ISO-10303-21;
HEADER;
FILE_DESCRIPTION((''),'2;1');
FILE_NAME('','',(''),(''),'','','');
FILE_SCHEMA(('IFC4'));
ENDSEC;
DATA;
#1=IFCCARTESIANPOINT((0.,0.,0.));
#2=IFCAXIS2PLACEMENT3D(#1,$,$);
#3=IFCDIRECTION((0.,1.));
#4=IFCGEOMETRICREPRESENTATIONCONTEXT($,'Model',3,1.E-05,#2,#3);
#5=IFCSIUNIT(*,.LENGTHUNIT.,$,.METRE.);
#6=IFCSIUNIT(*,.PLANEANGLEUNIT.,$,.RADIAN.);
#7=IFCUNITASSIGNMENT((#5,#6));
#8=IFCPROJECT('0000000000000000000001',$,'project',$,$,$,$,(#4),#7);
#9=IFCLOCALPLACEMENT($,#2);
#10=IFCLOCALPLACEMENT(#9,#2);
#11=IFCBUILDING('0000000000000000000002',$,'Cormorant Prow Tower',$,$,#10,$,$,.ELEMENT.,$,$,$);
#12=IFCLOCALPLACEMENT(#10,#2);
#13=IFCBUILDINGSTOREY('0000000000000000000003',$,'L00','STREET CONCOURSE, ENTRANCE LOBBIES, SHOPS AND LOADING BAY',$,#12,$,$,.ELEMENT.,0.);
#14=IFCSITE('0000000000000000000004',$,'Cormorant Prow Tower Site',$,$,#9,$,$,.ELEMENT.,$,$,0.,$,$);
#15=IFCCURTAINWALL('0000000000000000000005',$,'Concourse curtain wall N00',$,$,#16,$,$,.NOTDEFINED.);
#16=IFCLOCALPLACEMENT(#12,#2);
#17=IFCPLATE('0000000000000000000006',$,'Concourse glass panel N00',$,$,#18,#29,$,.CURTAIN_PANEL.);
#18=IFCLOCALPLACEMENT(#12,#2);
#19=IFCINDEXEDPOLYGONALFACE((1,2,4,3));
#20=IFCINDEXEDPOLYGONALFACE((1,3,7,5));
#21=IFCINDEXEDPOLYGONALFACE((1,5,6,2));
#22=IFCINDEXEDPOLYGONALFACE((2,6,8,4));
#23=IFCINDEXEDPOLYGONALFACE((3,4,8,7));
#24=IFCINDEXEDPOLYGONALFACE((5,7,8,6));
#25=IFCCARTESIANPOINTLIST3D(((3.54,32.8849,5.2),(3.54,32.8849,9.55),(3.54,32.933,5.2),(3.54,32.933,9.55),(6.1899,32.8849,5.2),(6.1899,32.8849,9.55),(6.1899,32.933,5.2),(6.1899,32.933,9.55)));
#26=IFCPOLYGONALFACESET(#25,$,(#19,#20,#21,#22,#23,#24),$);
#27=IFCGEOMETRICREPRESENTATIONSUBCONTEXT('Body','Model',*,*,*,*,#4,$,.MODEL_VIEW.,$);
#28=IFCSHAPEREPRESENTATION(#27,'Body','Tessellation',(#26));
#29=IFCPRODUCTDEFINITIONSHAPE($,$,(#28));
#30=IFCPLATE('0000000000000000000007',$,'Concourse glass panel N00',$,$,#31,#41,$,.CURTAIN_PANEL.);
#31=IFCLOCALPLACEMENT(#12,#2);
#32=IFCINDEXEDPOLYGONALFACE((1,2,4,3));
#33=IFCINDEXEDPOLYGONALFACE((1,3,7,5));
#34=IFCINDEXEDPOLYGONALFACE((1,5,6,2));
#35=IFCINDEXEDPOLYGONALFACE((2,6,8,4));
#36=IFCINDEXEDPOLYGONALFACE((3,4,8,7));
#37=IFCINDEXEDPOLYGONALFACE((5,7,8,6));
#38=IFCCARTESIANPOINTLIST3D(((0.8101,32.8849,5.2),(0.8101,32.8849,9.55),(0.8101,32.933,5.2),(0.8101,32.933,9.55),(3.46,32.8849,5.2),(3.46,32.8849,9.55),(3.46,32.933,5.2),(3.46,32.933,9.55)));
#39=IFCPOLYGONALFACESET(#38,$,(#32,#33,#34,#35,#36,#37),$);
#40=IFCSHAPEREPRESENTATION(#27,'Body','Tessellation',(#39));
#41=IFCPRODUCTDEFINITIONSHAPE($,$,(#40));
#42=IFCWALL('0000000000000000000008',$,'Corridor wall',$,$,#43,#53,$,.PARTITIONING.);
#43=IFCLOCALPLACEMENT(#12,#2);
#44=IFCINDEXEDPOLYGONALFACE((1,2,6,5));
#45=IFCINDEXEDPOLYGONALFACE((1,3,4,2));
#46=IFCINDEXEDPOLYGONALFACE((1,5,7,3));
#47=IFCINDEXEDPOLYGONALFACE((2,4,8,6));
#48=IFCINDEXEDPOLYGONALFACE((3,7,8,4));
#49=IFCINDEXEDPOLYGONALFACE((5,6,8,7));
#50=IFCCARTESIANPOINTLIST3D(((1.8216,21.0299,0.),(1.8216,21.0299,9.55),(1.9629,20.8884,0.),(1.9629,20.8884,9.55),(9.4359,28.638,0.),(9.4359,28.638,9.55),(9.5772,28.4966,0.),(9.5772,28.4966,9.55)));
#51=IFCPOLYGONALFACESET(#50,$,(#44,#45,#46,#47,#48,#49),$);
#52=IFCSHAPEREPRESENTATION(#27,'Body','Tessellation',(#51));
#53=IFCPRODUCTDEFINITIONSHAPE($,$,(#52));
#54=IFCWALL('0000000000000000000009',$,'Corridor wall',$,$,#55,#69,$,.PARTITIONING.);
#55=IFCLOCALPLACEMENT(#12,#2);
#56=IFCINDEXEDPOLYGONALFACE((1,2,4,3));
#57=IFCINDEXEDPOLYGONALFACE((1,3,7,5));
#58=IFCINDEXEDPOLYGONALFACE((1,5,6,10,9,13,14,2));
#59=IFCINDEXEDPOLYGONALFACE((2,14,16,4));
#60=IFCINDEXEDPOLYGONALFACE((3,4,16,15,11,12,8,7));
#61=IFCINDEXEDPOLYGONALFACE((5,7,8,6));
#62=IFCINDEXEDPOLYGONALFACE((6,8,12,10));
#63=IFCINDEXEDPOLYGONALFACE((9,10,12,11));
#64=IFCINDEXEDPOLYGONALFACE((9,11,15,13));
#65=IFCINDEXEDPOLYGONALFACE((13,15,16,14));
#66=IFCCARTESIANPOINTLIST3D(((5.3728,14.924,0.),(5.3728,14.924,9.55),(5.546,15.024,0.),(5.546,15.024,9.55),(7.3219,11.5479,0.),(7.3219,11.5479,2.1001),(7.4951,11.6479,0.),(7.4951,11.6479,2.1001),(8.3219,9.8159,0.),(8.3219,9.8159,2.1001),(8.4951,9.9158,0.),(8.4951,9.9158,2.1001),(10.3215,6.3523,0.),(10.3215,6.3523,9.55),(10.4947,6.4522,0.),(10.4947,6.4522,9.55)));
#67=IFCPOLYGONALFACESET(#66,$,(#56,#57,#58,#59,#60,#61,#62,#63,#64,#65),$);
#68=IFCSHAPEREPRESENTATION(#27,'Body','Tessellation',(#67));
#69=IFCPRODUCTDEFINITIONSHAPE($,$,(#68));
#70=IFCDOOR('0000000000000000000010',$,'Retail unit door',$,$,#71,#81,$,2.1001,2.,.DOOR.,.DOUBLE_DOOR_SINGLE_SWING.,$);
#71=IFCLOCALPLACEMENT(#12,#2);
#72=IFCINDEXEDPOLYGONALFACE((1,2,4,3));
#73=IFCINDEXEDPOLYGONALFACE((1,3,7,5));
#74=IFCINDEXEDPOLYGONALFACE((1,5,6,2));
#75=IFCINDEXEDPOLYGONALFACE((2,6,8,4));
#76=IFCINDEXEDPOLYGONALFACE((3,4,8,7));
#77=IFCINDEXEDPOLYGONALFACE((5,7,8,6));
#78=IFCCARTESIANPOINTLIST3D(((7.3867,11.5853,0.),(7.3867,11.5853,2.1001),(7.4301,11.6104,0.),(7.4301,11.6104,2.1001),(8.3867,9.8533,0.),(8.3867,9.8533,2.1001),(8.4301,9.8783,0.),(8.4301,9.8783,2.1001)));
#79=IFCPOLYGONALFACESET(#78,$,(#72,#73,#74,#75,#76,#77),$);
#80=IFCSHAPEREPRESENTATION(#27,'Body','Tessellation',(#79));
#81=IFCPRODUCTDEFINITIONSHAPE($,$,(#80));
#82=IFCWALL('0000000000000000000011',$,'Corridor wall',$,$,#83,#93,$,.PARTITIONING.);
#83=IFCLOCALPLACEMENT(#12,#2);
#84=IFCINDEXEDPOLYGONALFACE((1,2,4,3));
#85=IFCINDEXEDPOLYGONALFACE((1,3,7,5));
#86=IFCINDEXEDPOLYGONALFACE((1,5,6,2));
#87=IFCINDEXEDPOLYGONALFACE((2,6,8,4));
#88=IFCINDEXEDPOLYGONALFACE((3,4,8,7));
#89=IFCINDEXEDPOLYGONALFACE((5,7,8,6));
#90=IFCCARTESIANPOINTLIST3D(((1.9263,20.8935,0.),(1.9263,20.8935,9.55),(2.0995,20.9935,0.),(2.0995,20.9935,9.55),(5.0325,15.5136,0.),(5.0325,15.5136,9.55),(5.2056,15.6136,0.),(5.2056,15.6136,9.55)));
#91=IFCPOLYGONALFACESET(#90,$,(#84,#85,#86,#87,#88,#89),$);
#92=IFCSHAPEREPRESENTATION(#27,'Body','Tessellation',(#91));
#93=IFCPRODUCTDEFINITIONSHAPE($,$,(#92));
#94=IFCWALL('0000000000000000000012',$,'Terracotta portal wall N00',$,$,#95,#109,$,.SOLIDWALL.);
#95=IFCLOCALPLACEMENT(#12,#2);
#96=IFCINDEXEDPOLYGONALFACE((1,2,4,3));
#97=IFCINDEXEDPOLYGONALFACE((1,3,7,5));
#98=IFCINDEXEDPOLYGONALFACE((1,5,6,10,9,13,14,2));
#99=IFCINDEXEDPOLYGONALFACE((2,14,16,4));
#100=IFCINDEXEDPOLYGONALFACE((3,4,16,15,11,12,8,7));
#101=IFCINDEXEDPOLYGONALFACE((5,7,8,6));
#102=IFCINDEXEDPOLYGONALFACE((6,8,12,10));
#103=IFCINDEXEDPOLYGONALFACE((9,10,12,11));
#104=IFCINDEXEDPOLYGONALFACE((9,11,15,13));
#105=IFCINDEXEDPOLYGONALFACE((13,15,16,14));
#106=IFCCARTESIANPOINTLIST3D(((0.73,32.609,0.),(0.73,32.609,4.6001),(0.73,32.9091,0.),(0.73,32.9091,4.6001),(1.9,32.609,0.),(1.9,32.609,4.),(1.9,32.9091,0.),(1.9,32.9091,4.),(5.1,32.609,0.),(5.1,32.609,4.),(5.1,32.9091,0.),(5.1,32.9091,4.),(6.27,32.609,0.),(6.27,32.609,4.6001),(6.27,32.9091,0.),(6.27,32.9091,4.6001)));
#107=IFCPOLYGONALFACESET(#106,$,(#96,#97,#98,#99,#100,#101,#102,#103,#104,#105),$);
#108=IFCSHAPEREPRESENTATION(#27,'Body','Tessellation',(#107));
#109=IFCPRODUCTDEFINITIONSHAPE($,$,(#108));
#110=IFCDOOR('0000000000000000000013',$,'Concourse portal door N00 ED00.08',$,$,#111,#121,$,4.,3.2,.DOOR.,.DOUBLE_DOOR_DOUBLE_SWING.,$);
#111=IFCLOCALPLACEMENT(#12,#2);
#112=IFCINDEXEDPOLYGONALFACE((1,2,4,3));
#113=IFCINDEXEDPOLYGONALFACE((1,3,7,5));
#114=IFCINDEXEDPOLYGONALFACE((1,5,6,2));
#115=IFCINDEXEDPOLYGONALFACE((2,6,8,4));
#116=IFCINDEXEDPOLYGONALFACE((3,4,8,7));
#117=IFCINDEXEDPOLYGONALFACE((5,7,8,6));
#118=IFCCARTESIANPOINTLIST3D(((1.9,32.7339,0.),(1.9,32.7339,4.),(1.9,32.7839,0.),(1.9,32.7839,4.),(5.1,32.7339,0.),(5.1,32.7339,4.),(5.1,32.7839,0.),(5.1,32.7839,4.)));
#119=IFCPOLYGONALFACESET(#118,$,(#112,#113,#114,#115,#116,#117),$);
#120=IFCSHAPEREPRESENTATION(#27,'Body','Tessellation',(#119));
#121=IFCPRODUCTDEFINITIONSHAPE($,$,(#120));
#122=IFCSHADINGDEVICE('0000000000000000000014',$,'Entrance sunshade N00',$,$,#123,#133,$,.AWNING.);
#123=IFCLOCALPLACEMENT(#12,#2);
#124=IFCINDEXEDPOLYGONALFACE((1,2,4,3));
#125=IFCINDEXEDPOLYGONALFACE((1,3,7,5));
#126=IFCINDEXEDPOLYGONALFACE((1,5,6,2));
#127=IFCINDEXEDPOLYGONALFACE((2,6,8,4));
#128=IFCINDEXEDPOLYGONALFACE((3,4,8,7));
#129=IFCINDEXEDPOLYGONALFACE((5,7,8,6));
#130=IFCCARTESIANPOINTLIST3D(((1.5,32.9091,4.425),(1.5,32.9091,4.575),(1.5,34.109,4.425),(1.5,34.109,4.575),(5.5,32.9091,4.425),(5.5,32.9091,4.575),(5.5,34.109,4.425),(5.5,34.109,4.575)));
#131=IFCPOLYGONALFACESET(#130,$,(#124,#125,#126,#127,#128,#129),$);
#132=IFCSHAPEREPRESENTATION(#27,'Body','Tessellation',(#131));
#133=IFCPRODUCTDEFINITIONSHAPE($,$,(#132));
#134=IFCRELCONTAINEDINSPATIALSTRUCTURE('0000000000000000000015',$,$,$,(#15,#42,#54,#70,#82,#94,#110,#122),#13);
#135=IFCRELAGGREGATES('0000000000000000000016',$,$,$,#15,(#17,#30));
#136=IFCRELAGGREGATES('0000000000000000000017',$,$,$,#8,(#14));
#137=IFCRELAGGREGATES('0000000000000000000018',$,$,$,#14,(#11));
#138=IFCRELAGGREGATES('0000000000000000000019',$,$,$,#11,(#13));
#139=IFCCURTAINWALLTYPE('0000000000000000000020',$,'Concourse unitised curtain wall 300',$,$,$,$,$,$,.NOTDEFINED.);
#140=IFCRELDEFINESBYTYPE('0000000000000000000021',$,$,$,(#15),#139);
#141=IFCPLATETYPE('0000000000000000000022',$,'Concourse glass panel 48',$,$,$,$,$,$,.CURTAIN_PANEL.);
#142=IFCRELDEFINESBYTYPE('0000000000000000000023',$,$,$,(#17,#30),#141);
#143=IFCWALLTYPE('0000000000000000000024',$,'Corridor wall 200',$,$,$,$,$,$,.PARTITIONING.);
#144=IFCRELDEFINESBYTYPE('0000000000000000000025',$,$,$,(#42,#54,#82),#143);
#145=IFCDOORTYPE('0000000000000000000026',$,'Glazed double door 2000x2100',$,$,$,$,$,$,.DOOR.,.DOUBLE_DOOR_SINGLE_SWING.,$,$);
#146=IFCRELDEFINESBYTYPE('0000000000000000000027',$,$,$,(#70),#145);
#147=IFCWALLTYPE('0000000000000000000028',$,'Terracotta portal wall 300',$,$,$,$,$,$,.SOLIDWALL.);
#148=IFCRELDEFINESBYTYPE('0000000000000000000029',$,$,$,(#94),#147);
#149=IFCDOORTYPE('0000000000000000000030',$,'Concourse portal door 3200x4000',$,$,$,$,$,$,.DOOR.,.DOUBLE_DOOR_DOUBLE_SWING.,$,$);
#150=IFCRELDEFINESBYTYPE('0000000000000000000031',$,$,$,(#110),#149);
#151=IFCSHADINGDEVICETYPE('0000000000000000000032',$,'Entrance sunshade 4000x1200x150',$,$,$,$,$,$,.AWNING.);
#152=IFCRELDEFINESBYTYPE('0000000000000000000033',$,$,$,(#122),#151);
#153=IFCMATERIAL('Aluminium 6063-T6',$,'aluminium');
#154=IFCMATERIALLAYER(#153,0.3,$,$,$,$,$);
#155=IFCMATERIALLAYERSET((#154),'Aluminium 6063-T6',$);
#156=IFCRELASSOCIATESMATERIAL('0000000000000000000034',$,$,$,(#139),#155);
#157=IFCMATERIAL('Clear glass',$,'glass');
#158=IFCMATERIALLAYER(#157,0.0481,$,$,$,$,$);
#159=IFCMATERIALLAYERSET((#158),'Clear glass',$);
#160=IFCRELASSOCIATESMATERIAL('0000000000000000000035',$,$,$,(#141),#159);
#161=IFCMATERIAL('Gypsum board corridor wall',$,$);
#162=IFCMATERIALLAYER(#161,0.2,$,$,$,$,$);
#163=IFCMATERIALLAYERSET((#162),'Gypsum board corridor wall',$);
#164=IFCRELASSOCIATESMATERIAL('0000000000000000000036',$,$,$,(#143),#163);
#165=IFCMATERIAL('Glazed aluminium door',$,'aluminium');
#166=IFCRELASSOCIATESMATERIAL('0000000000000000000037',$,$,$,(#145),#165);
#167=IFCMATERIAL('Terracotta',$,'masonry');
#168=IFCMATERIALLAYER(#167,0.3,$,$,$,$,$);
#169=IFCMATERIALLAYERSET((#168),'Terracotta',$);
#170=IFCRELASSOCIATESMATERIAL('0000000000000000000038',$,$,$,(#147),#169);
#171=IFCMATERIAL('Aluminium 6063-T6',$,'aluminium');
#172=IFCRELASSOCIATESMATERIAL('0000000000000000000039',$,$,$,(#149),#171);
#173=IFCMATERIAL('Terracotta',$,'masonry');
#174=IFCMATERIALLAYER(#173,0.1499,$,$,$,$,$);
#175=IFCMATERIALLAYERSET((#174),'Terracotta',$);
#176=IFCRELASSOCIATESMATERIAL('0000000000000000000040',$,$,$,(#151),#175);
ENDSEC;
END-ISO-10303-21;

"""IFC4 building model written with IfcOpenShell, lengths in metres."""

from ifc_helpers import new_model, si_unit, direction, frame, frame_2d, origin, origin_2d, place, context, subcontext, project, spatial, rectangle, extrude, material, layer, layer_set, type_object, element, fill, aggregate, save


model = new_model("IFC4")

# Units and contexts
model_context = context("Model", 3, precision=1e-05, world=origin(), true_north=direction((0.0, 1.0)))
body_context = subcontext(model_context, "Body", "Model", "MODEL_VIEW")
ifc_project = project(units=[si_unit("LENGTHUNIT", "METRE"), si_unit("PLANEANGLEUNIT", "RADIAN")], contexts=[model_context])

# Site, building, storey
site_placement = place(None, origin())
site = spatial("IfcSite", under=ifc_project, at=site_placement, Name="Cormorant Prow Tower Site", CompositionType="ELEMENT", RefElevation=0.0)
building_placement = place(site_placement, origin())
building = spatial("IfcBuilding", under=site, at=building_placement, Name="Cormorant Prow Tower", CompositionType="ELEMENT")
storey_placement = place(building_placement, origin())
storey = spatial("IfcBuildingStorey", under=building, at=storey_placement, Name="L00", Description="STREET CONCOURSE, ENTRANCE LOBBIES, SHOPS AND LOADING BAY", CompositionType="ELEMENT", Elevation=0.0)

# Shared definitions
ifc_material_1 = material(Name="Aluminium 6063-T6", Category="aluminium")
ifc_layer_1 = layer(ifc_material_1, 0.3)
ifc_layer_set_1 = layer_set([ifc_layer_1], Name="Aluminium 6063-T6")
curtain_wall_type = type_object("IfcCurtainWallType", Name="Concourse unitised curtain wall 300", PredefinedType="NOTDEFINED", material=ifc_layer_set_1)

# Curtain wall
curtain_wall_1_placement = place(storey_placement, origin())
curtain_wall_1 = element("IfcCurtainWall", 1, at=curtain_wall_1_placement, inside=storey, type_object=curtain_wall_type, Name="Concourse curtain wall N00", PredefinedType="NOTDEFINED")

# Plates
ifc_material_2 = material(Name="Clear glass", Category="glass")
ifc_layer_2 = layer(ifc_material_2, 0.0481)
ifc_layer_set_2 = layer_set([ifc_layer_2], Name="Clear glass")
plate_type = type_object("IfcPlateType", Name="Concourse glass panel 48", PredefinedType="CURTAIN_PANEL", material=ifc_layer_set_2)
plate_1_placement = place(storey_placement, frame((4.865, 32.9089, 5.2), z_axis=(0.0, 0.0, 1.0), x_axis=(-1.0, 0.0, 0.0)))
plate_1 = element("IfcPlate", 2, at=plate_1_placement, type_object=plate_type, Name="Concourse glass panel N00", PredefinedType="CURTAIN_PANEL", context=body_context, shape_type="SweptSolid", body=[
    extrude(rectangle(XDim=2.6499, YDim=0.0481, at=origin_2d()), origin(), (0.0, 0.0, 1.0), 4.3501),
])
plate_2_placement = place(storey_placement, frame((2.135, 32.9089, 5.2), z_axis=(0.0, 0.0, 1.0), x_axis=(-1.0, 0.0, 0.0)))
plate_2 = element("IfcPlate", 3, at=plate_2_placement, type_object=plate_type, Name="Concourse glass panel N00", PredefinedType="CURTAIN_PANEL", context=body_context, shape_type="SweptSolid", body=[
    extrude(rectangle(XDim=2.6499, YDim=0.0481, at=origin_2d()), origin(), (0.0, 0.0, 1.0), 4.3501),
])
aggregate(curtain_wall_1, [plate_1, plate_2])

# Wall
ifc_material_3 = material(Name="Gypsum board corridor wall")
ifc_layer_3 = layer(ifc_material_3, 0.2)
ifc_layer_set_3 = layer_set([ifc_layer_3], Name="Gypsum board corridor wall")
wall_type_1 = type_object("IfcWallType", Name="Corridor wall 200", PredefinedType="PARTITIONING", material=ifc_layer_set_3)
wall_1_placement = place(storey_placement, frame((1.8923, 20.9592, 0.0), z_axis=(0.0, 0.0, 1.0), x_axis=(0.70739, 0.706823, 0.0)))
element("IfcWall", 4, at=wall_1_placement, inside=storey, type_object=wall_type_1, Name="Corridor wall", PredefinedType="PARTITIONING", context=body_context, shape_type="SweptSolid", body=[
    extrude(rectangle(XDim=10.7639, YDim=0.2, at=frame_2d((5.3818, 0.0))), origin(), (0.0, 0.0, 1.0), 9.55),
])

# Wall, opening, door
wall_2_placement = place(storey_placement, frame((5.4595, 14.9739, 0.0), z_axis=(0.0, 0.0, 1.0), x_axis=(0.499986, -0.866034, 0.0)))
wall_2 = element("IfcWall", 5, at=wall_2_placement, inside=storey, type_object=wall_type_1, Name="Corridor wall", PredefinedType="PARTITIONING", context=body_context, shape_type="SweptSolid", body=[
    extrude(rectangle(XDim=9.8977, YDim=0.2, at=frame_2d((4.9487, 0.0))), origin(), (0.0, 0.0, 1.0), 9.55),
])
opening_1_placement = place(wall_2_placement, frame((3.8982, 0.0, 0.0)))
opening_1 = element("IfcOpeningElement", 6, at=opening_1_placement, cuts=wall_2, PredefinedType="OPENING", context=body_context, shape_type="SweptSolid", body=[
    extrude(rectangle(XDim=2.0, YDim=2.1001, at=frame_2d((1.0, 1.05))), frame((0.0, 0.1099, 0.0), z_axis=(0.0, -1.0, 0.0), x_axis=(1.0, 0.0, 0.0)), (0.0, 0.0, 1.0), 0.22),
])
ifc_material_4 = material(Name="Glazed aluminium door", Category="aluminium")
door_type_1 = type_object("IfcDoorType", Name="Glazed double door 2000x2100", OperationType="DOUBLE_DOOR_SINGLE_SWING", PredefinedType="DOOR", material=ifc_material_4)
door_1_placement = place(opening_1_placement, origin())
door_1 = element("IfcDoor", 7, at=door_1_placement, inside=storey, type_object=door_type_1, Name="Retail unit door", OperationType="DOUBLE_DOOR_SINGLE_SWING", OverallHeight=2.1001, OverallWidth=2.0, PredefinedType="DOOR", context=body_context, shape_type="SweptSolid", body=[
    extrude(rectangle(XDim=2.0, YDim=2.1001, at=frame_2d((1.0, 1.05))), frame((0.0, 0.0249, 0.0), z_axis=(0.0, -1.0, 0.0), x_axis=(1.0, 0.0, 0.0)), (0.0, 0.0, 1.0), 0.05),
])
fill(opening_1, door_1)

# Wall
wall_3_placement = place(storey_placement, frame((2.0129, 20.9434, 0.0), z_axis=(0.0, 0.0, 1.0), x_axis=(0.500015, -0.866017, 0.0)))
element("IfcWall", 8, at=wall_3_placement, inside=storey, type_object=wall_type_1, Name="Corridor wall", PredefinedType="PARTITIONING", context=body_context, shape_type="SweptSolid", body=[
    extrude(rectangle(XDim=6.2122, YDim=0.2, at=frame_2d((3.106, 0.0))), origin(), (0.0, 0.0, 1.0), 9.55),
])

# Wall, opening, door
ifc_material_5 = material(Name="Terracotta", Category="masonry")
ifc_layer_4 = layer(ifc_material_5, 0.3)
ifc_layer_set_4 = layer_set([ifc_layer_4], Name="Terracotta")
wall_type_2 = type_object("IfcWallType", Name="Terracotta portal wall 300", PredefinedType="SOLIDWALL", material=ifc_layer_set_4)
wall_4_placement = place(storey_placement, frame((0.73, 32.759, 0.0), z_axis=(0.0, 0.0, 1.0), x_axis=(1.0, 0.0, 0.0)))
wall_4 = element("IfcWall", 9, at=wall_4_placement, inside=storey, type_object=wall_type_2, Name="Terracotta portal wall N00", PredefinedType="SOLIDWALL", context=body_context, shape_type="SweptSolid", body=[
    extrude(rectangle(XDim=5.54, YDim=0.3, at=frame_2d((2.77, 0.0))), origin(), (0.0, 0.0, 1.0), 4.6001),
])
opening_2_placement = place(wall_4_placement, frame((1.1699, 0.0, 0.0)))
opening_2 = element("IfcOpeningElement", 10, at=opening_2_placement, cuts=wall_4, PredefinedType="OPENING", context=body_context, shape_type="SweptSolid", body=[
    extrude(rectangle(XDim=3.2, YDim=4.0, at=frame_2d((1.6001, 2.0))), frame((0.0, 0.1599, 0.0), z_axis=(0.0, -1.0, 0.0), x_axis=(1.0, 0.0, 0.0)), (0.0, 0.0, 1.0), 0.3201),
])
ifc_material_6 = material(Name="Aluminium 6063-T6", Category="aluminium")
door_type_2 = type_object("IfcDoorType", Name="Concourse portal door 3200x4000", OperationType="DOUBLE_DOOR_DOUBLE_SWING", PredefinedType="DOOR", material=ifc_material_6)
door_2_placement = place(opening_2_placement, origin())
door_2 = element("IfcDoor", 11, at=door_2_placement, inside=storey, type_object=door_type_2, Name="Concourse portal door N00 ED00.08", OperationType="DOUBLE_DOOR_DOUBLE_SWING", OverallHeight=4.0, OverallWidth=3.2, PredefinedType="DOOR", context=body_context, shape_type="SweptSolid", body=[
    extrude(rectangle(XDim=3.2, YDim=4.0, at=frame_2d((1.6001, 2.0))), frame((0.0, 0.0249, 0.0), z_axis=(0.0, -1.0, 0.0), x_axis=(1.0, 0.0, 0.0)), (0.0, 0.0, 1.0), 0.05),
])
fill(opening_2, door_2)

# Shading device
ifc_material_7 = material(Name="Terracotta", Category="masonry")
ifc_layer_5 = layer(ifc_material_7, 0.1499)
ifc_layer_set_5 = layer_set([ifc_layer_5], Name="Terracotta")
shading_device_type = type_object("IfcShadingDeviceType", Name="Entrance sunshade 4000x1200x150", PredefinedType="AWNING", material=ifc_layer_set_5)
shading_device_placement = place(storey_placement, frame((3.5, 33.509, 4.425), z_axis=(0.0, 0.0, 1.0), x_axis=(-1.0, 0.0, 0.0)))
element("IfcShadingDevice", 12, at=shading_device_placement, inside=storey, type_object=shading_device_type, Name="Entrance sunshade N00", PredefinedType="AWNING", context=body_context, shape_type="SweptSolid", body=[
    extrude(rectangle(XDim=4.0, YDim=1.2, at=origin_2d()), origin(), (0.0, 0.0, 1.0), 0.1499),
])

save(model, "model.ifc")
